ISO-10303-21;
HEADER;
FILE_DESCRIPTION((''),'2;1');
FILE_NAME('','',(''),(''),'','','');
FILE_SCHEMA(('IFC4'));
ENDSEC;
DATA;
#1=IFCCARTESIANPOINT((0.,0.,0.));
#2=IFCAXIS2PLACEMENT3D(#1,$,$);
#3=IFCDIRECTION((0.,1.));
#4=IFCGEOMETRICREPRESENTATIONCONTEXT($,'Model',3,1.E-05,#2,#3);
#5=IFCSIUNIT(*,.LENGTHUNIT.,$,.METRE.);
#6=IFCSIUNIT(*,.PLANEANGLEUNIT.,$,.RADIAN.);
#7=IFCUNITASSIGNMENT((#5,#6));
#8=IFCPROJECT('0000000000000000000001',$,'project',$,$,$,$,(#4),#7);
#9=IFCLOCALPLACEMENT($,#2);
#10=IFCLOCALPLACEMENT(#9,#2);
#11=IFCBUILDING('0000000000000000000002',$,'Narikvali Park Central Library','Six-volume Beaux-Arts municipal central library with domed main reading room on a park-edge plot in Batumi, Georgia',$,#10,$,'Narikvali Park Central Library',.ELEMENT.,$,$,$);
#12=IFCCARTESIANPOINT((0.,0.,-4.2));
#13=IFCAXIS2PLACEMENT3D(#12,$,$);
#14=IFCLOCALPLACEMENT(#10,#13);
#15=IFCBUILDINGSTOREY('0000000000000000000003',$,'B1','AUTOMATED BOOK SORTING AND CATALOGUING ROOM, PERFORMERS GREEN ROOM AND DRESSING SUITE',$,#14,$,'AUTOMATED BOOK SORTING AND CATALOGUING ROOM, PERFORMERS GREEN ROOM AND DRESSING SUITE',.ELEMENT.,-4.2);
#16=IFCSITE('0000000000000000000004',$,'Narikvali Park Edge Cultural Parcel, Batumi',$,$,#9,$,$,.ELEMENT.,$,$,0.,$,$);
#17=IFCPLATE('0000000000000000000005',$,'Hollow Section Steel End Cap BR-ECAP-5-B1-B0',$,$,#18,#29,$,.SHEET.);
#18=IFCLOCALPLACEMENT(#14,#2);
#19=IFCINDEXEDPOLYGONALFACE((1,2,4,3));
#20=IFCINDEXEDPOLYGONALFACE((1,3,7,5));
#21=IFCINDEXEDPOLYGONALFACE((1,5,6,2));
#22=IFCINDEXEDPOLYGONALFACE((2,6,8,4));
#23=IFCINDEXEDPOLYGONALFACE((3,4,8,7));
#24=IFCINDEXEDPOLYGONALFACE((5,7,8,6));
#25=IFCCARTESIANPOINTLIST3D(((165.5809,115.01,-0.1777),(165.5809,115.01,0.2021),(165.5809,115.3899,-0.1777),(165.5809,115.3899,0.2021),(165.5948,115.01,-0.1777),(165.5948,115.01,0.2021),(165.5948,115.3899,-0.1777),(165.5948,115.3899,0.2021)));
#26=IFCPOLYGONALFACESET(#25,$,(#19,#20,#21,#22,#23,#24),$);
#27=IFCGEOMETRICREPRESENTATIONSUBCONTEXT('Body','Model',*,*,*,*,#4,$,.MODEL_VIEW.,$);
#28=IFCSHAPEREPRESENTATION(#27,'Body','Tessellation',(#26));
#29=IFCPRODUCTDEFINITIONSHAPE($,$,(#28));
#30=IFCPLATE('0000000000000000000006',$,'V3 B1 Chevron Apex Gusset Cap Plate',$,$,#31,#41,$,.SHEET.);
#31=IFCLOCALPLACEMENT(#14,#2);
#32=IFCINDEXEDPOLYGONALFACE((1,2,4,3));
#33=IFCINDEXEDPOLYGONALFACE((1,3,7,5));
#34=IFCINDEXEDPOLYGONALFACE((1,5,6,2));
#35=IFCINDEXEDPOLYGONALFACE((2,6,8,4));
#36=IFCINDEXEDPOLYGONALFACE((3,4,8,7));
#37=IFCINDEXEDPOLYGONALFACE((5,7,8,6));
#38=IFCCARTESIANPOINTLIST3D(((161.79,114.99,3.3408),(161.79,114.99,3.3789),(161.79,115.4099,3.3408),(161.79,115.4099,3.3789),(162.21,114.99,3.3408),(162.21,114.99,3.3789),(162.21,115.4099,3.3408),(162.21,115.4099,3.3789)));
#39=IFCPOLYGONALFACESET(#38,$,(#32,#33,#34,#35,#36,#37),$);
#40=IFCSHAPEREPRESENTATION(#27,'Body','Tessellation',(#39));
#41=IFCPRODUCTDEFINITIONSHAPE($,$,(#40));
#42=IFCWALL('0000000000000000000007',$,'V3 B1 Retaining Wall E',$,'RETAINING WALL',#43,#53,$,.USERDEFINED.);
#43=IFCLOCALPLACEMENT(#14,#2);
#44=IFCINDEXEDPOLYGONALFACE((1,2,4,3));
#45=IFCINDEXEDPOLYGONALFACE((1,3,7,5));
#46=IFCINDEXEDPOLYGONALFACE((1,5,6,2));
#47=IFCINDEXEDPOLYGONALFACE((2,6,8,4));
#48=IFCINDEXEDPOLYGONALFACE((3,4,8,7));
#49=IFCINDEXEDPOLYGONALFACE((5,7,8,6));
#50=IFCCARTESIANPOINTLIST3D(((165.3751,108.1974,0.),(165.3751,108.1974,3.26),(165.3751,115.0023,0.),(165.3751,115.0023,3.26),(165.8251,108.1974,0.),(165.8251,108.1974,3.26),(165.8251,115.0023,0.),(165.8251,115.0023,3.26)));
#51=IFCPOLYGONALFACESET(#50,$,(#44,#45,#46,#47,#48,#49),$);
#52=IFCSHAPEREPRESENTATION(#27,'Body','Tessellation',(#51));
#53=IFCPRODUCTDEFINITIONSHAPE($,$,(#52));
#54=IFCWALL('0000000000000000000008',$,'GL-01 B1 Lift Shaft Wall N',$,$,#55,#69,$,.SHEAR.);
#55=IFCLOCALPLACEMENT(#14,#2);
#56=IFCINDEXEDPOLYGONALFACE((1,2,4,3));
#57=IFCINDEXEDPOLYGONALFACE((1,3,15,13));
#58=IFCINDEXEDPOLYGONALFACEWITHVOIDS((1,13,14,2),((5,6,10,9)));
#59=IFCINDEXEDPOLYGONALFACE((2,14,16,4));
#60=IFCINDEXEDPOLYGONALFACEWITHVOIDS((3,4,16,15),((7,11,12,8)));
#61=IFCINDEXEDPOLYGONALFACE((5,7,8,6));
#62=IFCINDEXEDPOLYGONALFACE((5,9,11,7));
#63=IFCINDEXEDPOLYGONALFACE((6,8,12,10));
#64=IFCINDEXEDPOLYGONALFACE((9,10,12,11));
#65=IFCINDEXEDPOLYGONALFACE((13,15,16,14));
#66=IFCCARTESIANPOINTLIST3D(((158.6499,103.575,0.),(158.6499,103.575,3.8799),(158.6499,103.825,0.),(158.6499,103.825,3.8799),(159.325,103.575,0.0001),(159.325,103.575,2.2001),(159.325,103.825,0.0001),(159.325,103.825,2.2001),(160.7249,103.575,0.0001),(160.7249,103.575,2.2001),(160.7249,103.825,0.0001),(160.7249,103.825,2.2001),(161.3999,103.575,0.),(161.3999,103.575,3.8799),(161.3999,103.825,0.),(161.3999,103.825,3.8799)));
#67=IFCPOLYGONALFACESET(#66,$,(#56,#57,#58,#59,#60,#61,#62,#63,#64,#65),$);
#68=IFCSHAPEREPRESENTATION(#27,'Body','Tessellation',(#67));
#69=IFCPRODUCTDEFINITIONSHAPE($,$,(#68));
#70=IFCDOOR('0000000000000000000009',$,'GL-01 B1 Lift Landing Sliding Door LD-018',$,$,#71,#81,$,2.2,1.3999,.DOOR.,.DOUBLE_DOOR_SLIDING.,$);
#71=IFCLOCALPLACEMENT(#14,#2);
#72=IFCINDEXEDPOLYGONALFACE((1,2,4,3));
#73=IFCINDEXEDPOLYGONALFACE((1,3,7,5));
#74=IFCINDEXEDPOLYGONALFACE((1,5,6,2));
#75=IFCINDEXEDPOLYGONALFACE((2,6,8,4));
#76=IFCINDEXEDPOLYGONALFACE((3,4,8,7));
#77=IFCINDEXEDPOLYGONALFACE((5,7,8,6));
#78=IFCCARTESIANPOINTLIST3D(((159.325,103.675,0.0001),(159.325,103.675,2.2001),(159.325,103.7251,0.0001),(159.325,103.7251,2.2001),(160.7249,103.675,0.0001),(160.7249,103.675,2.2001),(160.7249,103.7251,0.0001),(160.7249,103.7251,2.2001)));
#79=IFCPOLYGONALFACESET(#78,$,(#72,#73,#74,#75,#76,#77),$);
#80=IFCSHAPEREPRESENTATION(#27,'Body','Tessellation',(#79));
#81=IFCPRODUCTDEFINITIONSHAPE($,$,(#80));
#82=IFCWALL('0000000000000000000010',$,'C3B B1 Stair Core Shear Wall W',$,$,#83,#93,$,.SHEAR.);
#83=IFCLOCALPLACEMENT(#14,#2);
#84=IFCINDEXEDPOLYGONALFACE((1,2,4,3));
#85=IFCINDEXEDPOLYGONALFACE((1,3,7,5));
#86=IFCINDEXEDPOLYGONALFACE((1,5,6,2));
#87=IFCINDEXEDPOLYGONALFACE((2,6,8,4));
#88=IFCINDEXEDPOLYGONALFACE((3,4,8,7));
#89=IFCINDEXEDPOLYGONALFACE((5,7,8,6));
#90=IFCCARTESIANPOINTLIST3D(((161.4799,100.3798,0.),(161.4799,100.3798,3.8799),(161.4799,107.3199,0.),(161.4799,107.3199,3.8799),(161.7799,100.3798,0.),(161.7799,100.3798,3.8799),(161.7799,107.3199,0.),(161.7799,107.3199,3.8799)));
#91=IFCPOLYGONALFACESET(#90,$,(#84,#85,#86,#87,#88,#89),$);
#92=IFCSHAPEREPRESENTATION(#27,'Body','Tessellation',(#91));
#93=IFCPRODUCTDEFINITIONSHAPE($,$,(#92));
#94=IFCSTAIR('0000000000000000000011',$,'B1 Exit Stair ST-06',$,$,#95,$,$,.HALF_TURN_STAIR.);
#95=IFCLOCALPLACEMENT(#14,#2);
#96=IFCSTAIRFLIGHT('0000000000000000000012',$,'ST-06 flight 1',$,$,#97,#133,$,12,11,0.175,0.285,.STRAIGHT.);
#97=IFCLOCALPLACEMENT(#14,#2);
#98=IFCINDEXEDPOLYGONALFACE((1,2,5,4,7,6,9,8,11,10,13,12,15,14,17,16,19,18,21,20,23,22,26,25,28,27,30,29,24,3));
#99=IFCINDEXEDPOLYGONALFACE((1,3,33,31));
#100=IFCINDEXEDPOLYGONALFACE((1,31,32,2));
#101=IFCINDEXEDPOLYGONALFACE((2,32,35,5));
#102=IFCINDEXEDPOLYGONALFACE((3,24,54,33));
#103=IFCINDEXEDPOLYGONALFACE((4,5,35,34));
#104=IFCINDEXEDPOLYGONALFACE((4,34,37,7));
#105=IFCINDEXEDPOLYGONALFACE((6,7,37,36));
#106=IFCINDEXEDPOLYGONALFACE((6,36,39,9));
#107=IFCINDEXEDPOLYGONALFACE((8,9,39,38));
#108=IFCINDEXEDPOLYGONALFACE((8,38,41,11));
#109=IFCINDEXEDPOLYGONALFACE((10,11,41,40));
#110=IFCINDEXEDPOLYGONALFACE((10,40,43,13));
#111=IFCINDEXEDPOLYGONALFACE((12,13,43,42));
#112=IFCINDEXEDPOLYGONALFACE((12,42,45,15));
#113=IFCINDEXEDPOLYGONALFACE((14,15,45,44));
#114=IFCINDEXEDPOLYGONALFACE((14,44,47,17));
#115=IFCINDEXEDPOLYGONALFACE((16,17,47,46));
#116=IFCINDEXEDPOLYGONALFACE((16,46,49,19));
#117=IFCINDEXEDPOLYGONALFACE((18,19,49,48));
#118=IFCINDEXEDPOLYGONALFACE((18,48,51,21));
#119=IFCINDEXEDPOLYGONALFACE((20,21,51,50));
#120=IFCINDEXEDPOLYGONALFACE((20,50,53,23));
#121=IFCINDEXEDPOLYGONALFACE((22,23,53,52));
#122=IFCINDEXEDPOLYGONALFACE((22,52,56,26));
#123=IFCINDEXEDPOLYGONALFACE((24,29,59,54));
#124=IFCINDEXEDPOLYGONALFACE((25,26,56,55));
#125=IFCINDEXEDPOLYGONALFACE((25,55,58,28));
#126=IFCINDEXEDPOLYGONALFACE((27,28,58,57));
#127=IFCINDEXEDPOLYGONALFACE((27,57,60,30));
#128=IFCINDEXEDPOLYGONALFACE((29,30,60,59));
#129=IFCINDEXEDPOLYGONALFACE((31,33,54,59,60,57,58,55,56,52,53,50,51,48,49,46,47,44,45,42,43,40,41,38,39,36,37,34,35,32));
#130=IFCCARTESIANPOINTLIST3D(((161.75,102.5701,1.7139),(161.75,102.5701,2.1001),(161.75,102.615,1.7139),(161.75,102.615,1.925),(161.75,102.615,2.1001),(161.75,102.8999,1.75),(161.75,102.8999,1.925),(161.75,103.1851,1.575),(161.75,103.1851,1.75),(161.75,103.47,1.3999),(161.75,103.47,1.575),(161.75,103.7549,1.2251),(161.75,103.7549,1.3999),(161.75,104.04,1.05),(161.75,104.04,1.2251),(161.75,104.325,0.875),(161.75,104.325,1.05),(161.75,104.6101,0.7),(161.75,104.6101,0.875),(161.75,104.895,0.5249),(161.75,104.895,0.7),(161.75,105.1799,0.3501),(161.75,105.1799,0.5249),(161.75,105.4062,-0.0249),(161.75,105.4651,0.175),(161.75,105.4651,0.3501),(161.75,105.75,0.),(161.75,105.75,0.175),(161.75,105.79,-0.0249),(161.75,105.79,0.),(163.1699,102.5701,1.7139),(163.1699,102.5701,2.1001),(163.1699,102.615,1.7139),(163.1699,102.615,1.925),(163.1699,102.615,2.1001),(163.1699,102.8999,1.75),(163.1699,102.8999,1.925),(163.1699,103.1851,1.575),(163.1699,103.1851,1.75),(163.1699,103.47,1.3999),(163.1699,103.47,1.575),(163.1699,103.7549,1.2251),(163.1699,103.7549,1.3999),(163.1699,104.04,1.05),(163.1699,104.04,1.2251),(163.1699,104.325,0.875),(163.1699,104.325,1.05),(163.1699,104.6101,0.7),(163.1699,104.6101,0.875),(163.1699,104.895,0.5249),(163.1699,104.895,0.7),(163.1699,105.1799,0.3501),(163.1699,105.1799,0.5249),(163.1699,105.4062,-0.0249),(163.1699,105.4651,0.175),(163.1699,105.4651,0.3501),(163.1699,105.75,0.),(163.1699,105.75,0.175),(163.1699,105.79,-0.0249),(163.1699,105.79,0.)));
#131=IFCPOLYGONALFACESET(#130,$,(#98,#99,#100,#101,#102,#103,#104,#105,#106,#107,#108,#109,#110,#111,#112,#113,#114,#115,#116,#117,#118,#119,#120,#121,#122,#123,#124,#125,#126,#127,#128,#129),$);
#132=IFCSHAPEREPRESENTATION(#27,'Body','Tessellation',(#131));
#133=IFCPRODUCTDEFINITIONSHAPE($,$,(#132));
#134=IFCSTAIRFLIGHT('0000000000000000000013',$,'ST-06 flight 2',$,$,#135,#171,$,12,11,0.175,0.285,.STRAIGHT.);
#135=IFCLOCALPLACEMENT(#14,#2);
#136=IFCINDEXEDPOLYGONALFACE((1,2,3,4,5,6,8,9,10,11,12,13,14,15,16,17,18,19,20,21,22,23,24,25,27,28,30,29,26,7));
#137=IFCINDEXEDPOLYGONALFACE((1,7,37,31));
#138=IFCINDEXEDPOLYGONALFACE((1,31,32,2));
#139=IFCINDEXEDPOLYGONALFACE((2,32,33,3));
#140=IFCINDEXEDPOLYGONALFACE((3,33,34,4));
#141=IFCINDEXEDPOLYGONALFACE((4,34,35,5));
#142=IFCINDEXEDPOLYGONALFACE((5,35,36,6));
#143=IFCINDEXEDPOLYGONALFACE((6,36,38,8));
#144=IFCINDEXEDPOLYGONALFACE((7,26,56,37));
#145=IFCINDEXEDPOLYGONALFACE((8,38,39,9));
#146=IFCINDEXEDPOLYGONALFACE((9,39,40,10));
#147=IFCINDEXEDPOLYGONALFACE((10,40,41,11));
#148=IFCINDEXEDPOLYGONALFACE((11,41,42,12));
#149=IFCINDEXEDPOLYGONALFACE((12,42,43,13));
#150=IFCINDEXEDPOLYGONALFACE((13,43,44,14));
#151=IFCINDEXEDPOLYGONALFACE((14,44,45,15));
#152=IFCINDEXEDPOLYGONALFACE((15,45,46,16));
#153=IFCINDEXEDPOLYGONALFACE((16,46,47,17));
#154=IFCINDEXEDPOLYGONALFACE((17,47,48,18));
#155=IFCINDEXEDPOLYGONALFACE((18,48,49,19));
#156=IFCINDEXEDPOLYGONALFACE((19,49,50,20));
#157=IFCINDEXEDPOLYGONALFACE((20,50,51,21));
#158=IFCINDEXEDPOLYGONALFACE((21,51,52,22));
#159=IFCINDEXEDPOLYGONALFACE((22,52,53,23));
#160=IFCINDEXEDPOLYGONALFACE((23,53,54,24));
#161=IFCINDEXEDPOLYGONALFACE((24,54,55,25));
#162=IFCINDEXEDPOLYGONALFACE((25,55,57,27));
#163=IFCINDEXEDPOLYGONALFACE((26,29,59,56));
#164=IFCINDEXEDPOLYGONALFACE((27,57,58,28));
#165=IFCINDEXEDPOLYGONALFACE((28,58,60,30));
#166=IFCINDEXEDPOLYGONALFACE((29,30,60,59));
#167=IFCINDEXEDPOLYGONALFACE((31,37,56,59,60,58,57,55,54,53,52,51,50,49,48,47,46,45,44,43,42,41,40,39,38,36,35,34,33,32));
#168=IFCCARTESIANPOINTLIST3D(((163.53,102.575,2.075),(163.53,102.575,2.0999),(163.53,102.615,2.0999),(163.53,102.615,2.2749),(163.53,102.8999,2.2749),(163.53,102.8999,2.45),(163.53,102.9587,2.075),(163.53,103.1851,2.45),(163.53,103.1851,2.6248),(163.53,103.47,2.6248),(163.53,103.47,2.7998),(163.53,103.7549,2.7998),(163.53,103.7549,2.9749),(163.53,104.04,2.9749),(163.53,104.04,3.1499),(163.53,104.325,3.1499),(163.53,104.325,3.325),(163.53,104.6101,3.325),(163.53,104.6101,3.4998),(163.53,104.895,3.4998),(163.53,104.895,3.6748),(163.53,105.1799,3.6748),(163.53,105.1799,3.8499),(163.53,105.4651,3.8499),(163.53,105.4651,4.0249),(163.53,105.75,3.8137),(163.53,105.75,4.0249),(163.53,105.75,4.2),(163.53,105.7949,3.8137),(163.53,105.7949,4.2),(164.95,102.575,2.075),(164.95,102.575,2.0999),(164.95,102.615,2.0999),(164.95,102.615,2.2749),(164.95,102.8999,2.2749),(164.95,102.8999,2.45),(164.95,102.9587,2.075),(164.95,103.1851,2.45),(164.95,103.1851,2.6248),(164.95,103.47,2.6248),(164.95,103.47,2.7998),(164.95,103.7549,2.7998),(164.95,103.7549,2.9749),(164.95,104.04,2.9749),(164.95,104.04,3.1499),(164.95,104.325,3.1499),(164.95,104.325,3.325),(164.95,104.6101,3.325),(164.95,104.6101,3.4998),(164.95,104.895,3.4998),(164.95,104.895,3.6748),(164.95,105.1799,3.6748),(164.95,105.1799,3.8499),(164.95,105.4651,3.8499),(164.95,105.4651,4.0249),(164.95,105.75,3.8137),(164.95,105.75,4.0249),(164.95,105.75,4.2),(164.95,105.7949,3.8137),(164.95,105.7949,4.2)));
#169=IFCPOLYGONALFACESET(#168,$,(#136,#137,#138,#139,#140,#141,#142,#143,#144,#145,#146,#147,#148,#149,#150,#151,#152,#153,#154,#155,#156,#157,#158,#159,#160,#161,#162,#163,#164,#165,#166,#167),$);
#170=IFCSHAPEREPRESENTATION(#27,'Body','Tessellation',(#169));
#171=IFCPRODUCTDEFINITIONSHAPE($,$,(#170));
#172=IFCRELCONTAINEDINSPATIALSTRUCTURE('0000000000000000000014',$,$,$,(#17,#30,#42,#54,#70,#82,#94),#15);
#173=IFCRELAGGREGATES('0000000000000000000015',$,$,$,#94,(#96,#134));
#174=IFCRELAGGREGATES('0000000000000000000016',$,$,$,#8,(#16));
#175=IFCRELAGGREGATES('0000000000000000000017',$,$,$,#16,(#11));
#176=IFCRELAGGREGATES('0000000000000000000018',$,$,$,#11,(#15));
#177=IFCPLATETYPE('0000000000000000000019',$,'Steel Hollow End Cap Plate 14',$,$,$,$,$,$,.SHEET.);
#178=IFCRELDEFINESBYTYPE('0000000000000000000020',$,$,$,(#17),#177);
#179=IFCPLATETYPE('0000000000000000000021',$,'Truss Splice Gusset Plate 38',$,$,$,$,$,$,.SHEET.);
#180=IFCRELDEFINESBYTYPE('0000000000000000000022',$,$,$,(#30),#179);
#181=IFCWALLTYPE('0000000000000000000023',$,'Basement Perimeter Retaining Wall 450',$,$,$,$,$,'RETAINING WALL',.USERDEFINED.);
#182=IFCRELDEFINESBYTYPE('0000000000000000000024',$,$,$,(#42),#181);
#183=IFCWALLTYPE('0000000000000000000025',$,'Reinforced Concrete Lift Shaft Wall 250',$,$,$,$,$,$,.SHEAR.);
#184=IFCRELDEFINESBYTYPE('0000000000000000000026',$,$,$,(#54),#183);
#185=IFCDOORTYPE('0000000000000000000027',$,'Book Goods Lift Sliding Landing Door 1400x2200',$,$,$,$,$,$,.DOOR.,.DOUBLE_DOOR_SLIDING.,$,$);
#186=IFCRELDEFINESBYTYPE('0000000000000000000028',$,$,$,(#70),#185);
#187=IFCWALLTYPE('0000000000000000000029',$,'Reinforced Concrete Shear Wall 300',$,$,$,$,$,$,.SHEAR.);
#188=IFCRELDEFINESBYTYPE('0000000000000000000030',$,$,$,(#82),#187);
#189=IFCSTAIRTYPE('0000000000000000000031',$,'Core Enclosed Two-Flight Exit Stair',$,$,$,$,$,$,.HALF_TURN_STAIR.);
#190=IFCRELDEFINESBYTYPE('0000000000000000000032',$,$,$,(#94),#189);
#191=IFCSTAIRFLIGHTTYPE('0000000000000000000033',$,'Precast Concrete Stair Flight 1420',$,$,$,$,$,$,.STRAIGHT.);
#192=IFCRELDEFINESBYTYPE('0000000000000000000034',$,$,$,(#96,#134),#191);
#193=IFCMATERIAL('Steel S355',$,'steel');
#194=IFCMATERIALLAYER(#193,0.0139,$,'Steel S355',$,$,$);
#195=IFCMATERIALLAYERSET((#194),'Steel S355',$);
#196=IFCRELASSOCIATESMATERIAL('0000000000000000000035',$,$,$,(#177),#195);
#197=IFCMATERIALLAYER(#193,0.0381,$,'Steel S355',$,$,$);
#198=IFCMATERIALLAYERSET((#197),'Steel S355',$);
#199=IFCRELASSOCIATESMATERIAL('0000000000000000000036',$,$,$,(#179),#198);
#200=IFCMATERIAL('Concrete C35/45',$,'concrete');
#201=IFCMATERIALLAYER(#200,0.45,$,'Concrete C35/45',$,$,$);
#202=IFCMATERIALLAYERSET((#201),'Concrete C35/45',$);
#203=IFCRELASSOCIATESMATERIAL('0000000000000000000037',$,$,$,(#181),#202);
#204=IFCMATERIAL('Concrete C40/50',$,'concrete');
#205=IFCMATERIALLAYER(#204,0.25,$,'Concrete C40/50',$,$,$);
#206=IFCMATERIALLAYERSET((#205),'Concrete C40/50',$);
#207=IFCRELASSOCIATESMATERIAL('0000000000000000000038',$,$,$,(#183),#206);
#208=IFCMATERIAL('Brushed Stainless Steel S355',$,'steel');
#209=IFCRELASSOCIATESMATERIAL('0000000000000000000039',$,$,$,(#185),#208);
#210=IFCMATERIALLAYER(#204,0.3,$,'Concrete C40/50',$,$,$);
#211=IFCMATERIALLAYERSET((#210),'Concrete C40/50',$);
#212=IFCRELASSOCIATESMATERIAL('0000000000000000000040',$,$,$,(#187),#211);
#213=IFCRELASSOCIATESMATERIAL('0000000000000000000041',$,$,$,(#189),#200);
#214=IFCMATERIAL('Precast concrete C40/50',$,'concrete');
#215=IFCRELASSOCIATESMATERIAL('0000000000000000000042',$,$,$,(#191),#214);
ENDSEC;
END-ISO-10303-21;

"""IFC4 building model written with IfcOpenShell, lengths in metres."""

from ifc_helpers import new_model, si_unit, direction, frame, frame_2d, origin, origin_2d, place, context, subcontext, project, spatial, polyline, rectangle, outline, extrude, material, layer, layer_set, type_object, element, fill, aggregate, save


model = new_model("IFC4")

# Units and contexts
model_context = context("Model", 3, precision=1e-05, world=origin(), true_north=direction((0.0, 1.0)))
body_context = subcontext(model_context, "Body", "Model", "MODEL_VIEW")
ifc_project = project(units=[si_unit("LENGTHUNIT", "METRE"), si_unit("PLANEANGLEUNIT", "RADIAN")], contexts=[model_context])

# Site, building, storey
site_placement = place(None, origin())
site = spatial("IfcSite", under=ifc_project, at=site_placement, Name="Narikvali Park Edge Cultural Parcel, Batumi", CompositionType="ELEMENT", RefElevation=0.0)
building_placement = place(site_placement, origin())
building = spatial("IfcBuilding", under=site, at=building_placement, Name="Narikvali Park Central Library", Description="Six-volume Beaux-Arts municipal central library with domed main reading room on a park-edge plot in Batumi, Georgia", LongName="Narikvali Park Central Library", CompositionType="ELEMENT")
storey_placement = place(building_placement, frame((0.0, 0.0, -4.2)))
storey = spatial("IfcBuildingStorey", under=building, at=storey_placement, Name="B1", Description="AUTOMATED BOOK SORTING AND CATALOGUING ROOM, PERFORMERS GREEN ROOM AND DRESSING SUITE", LongName="AUTOMATED BOOK SORTING AND CATALOGUING ROOM, PERFORMERS GREEN ROOM AND DRESSING SUITE", CompositionType="ELEMENT", Elevation=-4.2)

# Shared definitions
ifc_material_1 = material(Name="Concrete C35/45", Category="concrete")

# Shared definitions
ifc_material_2 = material(Name="Steel S355", Category="steel")

# Plates
ifc_layer_1 = layer(ifc_material_2, 0.0139, Name="Steel S355")
ifc_layer_set_1 = layer_set([ifc_layer_1], Name="Steel S355")
plate_type_1 = type_object("IfcPlateType", Name="Steel Hollow End Cap Plate 14", PredefinedType="SHEET", material=ifc_layer_set_1)
plate_1_placement = place(storey_placement, frame((165.5879, 115.2, -0.1777), z_axis=(0.0, 0.0, 1.0), x_axis=(1.0, 0.0, 0.0)))
element("IfcPlate", 1, at=plate_1_placement, inside=storey, type_object=plate_type_1, Name="Hollow Section Steel End Cap BR-ECAP-5-B1-B0", PredefinedType="SHEET", context=body_context, shape_type="SweptSolid", body=[
    extrude(rectangle(XDim=0.0139, YDim=0.3799, at=origin_2d()), origin(), (0.0, 0.0, 1.0), 0.3799),
])
ifc_layer_2 = layer(ifc_material_2, 0.0381, Name="Steel S355")
ifc_layer_set_2 = layer_set([ifc_layer_2], Name="Steel S355")
plate_type_2 = type_object("IfcPlateType", Name="Truss Splice Gusset Plate 38", PredefinedType="SHEET", material=ifc_layer_set_2)
plate_2_placement = place(storey_placement, frame((162.0, 115.2, 3.3408), z_axis=(0.0, 0.0, 1.0), x_axis=(1.0, 0.0, 0.0)))
element("IfcPlate", 2, at=plate_2_placement, inside=storey, type_object=plate_type_2, Name="V3 B1 Chevron Apex Gusset Cap Plate", PredefinedType="SHEET", context=body_context, shape_type="SweptSolid", body=[
    extrude(rectangle(XDim=0.4199, YDim=0.4199, at=origin_2d()), origin(), (0.0, 0.0, 1.0), 0.0381),
])

# Wall
ifc_layer_3 = layer(ifc_material_1, 0.45, Name="Concrete C35/45")
ifc_layer_set_3 = layer_set([ifc_layer_3], Name="Concrete C35/45")
wall_type_1 = type_object("IfcWallType", Name="Basement Perimeter Retaining Wall 450", ElementType="RETAINING WALL", PredefinedType="USERDEFINED", material=ifc_layer_set_3)
for number, where, z_axis, x_axis, name in (
    (3, (165.6001, 108.1975, 0.0), (0.0, 0.0, 1.0), (0.0, 1.0, 0.0), "V3 B1 Retaining Wall E"),
):
    element("IfcWall", number, at=place(storey_placement, frame(where, z_axis=z_axis, x_axis=x_axis)), inside=storey, type_object=wall_type_1, Name=name, ObjectType="RETAINING WALL", PredefinedType="USERDEFINED", context=body_context, shape_type="SweptSolid", body=[
        extrude(rectangle(XDim=6.8049, YDim=0.45, at=frame_2d((3.4023, 0.0))), origin(), (0.0, 0.0, 1.0), 3.26),
    ])

# Wall, opening, door
ifc_material_3 = material(Name="Concrete C40/50", Category="concrete")
ifc_layer_4 = layer(ifc_material_3, 0.25, Name="Concrete C40/50")
ifc_layer_set_4 = layer_set([ifc_layer_4], Name="Concrete C40/50")
wall_type_2 = type_object("IfcWallType", Name="Reinforced Concrete Lift Shaft Wall 250", PredefinedType="SHEAR", material=ifc_layer_set_4)
wall_1_placement = place(storey_placement, frame((161.3999, 103.7, 0.0), z_axis=(0.0, 0.0, 1.0), x_axis=(-1.0, 0.0, 0.0)))
wall_1 = element("IfcWall", 4, at=wall_1_placement, inside=storey, type_object=wall_type_2, Name="GL-01 B1 Lift Shaft Wall N", PredefinedType="SHEAR", context=body_context, shape_type="SweptSolid", body=[
    extrude(rectangle(XDim=2.75, YDim=0.25, at=frame_2d((1.375, 0.0))), origin(), (0.0, 0.0, 1.0), 3.8799),
])
opening_1_placement = place(wall_1_placement, frame((0.675, 0.0, 0.0)))
opening_1 = element("IfcOpeningElement", 5, at=opening_1_placement, cuts=wall_1, PredefinedType="OPENING", context=body_context, shape_type="SweptSolid", body=[
    extrude(rectangle(XDim=1.3999, YDim=2.2, at=frame_2d((0.7, 1.1001))), frame((0.0, 0.137, 0.0), z_axis=(0.0, -1.0, 0.0), x_axis=(1.0, 0.0, 0.0)), (0.0, 0.0, 1.0), 0.2739),
])
ifc_material_4 = material(Name="Brushed Stainless Steel S355", Category="steel")
door_type_1 = type_object("IfcDoorType", Name="Book Goods Lift Sliding Landing Door 1400x2200", OperationType="DOUBLE_DOOR_SLIDING", PredefinedType="DOOR", material=ifc_material_4)
door_1_placement = place(opening_1_placement, origin())
door_1 = element("IfcDoor", 6, at=door_1_placement, inside=storey, type_object=door_type_1, Name="GL-01 B1 Lift Landing Sliding Door LD-018", OperationType="DOUBLE_DOOR_SLIDING", OverallHeight=2.2, OverallWidth=1.3999, PredefinedType="DOOR", context=body_context, shape_type="SweptSolid", body=[
    extrude(rectangle(XDim=1.3999, YDim=2.2, at=frame_2d((0.7, 1.1001))), frame((0.0, 0.0249, 0.0), z_axis=(0.0, -1.0, 0.0), x_axis=(1.0, 0.0, 0.0)), (0.0, 0.0, 1.0), 0.05),
])
fill(opening_1, door_1)
ifc_layer_5 = layer(ifc_material_3, 0.3, Name="Concrete C40/50")
ifc_layer_set_5 = layer_set([ifc_layer_5], Name="Concrete C40/50")
wall_type_3 = type_object("IfcWallType", Name="Reinforced Concrete Shear Wall 300", PredefinedType="SHEAR", material=ifc_layer_set_5)

# Wall
wall_2_placement = place(storey_placement, frame((161.6299, 107.3201, 0.0), z_axis=(0.0, 0.0, 1.0), x_axis=(0.0, -1.0, 0.0)))
element("IfcWall", 7, at=wall_2_placement, inside=storey, type_object=wall_type_3, Name="C3B B1 Stair Core Shear Wall W", PredefinedType="SHEAR", context=body_context, shape_type="SweptSolid", body=[
    extrude(rectangle(XDim=6.9402, YDim=0.3, at=frame_2d((3.4702, 0.0))), origin(), (0.0, 0.0, 1.0), 3.8799),
])

# Stair, stair flights
stair_type = type_object("IfcStairType", Name="Core Enclosed Two-Flight Exit Stair", PredefinedType="HALF_TURN_STAIR", material=ifc_material_1)
stair_placement = place(storey_placement, origin())
stair = element("IfcStair", 8, at=stair_placement, inside=storey, type_object=stair_type, Name="B1 Exit Stair ST-06", PredefinedType="HALF_TURN_STAIR")
ifc_material_5 = material(Name="Precast concrete C40/50", Category="concrete")
stair_flight_type = type_object("IfcStairFlightType", Name="Precast Concrete Stair Flight 1420", PredefinedType="STRAIGHT", material=ifc_material_5)
stair_flight_1_placement = place(storey_placement, frame((162.46, 105.75, 0.0), z_axis=(0.0, 0.0, 1.0), x_axis=(0.0, -1.0, 0.0)))
stair_flight_1 = element("IfcStairFlight", 9, at=stair_flight_1_placement, type_object=stair_flight_type, Name="ST-06 flight 1", NumberOfRisers=12, NumberOfTreads=11, PredefinedType="STRAIGHT", RiserHeight=0.175, TreadLength=0.285, context=body_context, shape_type="SweptSolid", body=[
    extrude(outline(polyline([(-0.04, -0.0249), (-0.04, 0.0), (0.0, 0.0), (0.0, 0.175), (0.2849, 0.175), (0.2849, 0.3501), (0.5701, 0.3501), (0.5701, 0.5249), (0.855, 0.5249), (0.855, 0.7), (1.1399, 0.7), (1.1399, 0.875), (1.425, 0.875), (1.425, 1.05), (1.71, 1.05), (1.71, 1.2251), (1.9951, 1.2251), (1.9951, 1.3999), (2.28, 1.3999), (2.28, 1.575), (2.5649, 1.575), (2.5649, 1.75), (2.8501, 1.75), (2.8501, 1.925), (3.135, 1.925), (3.135, 2.1001), (3.1799, 2.1001), (3.1799, 1.7139), (3.135, 1.7139), (0.3438, -0.0249), (-0.04, -0.0249)])), frame((0.0, 0.71, 0.0), z_axis=(0.0, -1.0, 0.0), x_axis=(1.0, 0.0, 0.0)), (0.0, 0.0, 1.0), 1.4199),
])
stair_flight_2_placement = place(storey_placement, frame((164.24, 102.615, 2.0999), z_axis=(0.0, 0.0, 1.0), x_axis=(0.0, 1.0, 0.0)))
stair_flight_2 = element("IfcStairFlight", 10, at=stair_flight_2_placement, type_object=stair_flight_type, Name="ST-06 flight 2", NumberOfRisers=12, NumberOfTreads=11, PredefinedType="STRAIGHT", RiserHeight=0.175, TreadLength=0.285, context=body_context, shape_type="SweptSolid", body=[
    extrude(outline(polyline([(-0.04, -0.0249), (-0.04, 0.0), (0.0, 0.0), (0.0, 0.175), (0.2849, 0.175), (0.2849, 0.3501), (0.5701, 0.3501), (0.5701, 0.5249), (0.855, 0.5249), (0.855, 0.7), (1.1399, 0.7), (1.1399, 0.875), (1.425, 0.875), (1.425, 1.05), (1.71, 1.05), (1.71, 1.2251), (1.9951, 1.2251), (1.9951, 1.3999), (2.28, 1.3999), (2.28, 1.575), (2.5649, 1.575), (2.5649, 1.75), (2.8501, 1.75), (2.8501, 1.925), (3.135, 1.925), (3.135, 2.1001), (3.1799, 2.1001), (3.1799, 1.7139), (3.135, 1.7139), (0.3438, -0.0249), (-0.04, -0.0249)])), frame((0.0, 0.71, 0.0), z_axis=(0.0, -1.0, 0.0), x_axis=(1.0, 0.0, 0.0)), (0.0, 0.0, 1.0), 1.4199),
])
aggregate(stair, [stair_flight_1, stair_flight_2])

save(model, "model.ifc")
